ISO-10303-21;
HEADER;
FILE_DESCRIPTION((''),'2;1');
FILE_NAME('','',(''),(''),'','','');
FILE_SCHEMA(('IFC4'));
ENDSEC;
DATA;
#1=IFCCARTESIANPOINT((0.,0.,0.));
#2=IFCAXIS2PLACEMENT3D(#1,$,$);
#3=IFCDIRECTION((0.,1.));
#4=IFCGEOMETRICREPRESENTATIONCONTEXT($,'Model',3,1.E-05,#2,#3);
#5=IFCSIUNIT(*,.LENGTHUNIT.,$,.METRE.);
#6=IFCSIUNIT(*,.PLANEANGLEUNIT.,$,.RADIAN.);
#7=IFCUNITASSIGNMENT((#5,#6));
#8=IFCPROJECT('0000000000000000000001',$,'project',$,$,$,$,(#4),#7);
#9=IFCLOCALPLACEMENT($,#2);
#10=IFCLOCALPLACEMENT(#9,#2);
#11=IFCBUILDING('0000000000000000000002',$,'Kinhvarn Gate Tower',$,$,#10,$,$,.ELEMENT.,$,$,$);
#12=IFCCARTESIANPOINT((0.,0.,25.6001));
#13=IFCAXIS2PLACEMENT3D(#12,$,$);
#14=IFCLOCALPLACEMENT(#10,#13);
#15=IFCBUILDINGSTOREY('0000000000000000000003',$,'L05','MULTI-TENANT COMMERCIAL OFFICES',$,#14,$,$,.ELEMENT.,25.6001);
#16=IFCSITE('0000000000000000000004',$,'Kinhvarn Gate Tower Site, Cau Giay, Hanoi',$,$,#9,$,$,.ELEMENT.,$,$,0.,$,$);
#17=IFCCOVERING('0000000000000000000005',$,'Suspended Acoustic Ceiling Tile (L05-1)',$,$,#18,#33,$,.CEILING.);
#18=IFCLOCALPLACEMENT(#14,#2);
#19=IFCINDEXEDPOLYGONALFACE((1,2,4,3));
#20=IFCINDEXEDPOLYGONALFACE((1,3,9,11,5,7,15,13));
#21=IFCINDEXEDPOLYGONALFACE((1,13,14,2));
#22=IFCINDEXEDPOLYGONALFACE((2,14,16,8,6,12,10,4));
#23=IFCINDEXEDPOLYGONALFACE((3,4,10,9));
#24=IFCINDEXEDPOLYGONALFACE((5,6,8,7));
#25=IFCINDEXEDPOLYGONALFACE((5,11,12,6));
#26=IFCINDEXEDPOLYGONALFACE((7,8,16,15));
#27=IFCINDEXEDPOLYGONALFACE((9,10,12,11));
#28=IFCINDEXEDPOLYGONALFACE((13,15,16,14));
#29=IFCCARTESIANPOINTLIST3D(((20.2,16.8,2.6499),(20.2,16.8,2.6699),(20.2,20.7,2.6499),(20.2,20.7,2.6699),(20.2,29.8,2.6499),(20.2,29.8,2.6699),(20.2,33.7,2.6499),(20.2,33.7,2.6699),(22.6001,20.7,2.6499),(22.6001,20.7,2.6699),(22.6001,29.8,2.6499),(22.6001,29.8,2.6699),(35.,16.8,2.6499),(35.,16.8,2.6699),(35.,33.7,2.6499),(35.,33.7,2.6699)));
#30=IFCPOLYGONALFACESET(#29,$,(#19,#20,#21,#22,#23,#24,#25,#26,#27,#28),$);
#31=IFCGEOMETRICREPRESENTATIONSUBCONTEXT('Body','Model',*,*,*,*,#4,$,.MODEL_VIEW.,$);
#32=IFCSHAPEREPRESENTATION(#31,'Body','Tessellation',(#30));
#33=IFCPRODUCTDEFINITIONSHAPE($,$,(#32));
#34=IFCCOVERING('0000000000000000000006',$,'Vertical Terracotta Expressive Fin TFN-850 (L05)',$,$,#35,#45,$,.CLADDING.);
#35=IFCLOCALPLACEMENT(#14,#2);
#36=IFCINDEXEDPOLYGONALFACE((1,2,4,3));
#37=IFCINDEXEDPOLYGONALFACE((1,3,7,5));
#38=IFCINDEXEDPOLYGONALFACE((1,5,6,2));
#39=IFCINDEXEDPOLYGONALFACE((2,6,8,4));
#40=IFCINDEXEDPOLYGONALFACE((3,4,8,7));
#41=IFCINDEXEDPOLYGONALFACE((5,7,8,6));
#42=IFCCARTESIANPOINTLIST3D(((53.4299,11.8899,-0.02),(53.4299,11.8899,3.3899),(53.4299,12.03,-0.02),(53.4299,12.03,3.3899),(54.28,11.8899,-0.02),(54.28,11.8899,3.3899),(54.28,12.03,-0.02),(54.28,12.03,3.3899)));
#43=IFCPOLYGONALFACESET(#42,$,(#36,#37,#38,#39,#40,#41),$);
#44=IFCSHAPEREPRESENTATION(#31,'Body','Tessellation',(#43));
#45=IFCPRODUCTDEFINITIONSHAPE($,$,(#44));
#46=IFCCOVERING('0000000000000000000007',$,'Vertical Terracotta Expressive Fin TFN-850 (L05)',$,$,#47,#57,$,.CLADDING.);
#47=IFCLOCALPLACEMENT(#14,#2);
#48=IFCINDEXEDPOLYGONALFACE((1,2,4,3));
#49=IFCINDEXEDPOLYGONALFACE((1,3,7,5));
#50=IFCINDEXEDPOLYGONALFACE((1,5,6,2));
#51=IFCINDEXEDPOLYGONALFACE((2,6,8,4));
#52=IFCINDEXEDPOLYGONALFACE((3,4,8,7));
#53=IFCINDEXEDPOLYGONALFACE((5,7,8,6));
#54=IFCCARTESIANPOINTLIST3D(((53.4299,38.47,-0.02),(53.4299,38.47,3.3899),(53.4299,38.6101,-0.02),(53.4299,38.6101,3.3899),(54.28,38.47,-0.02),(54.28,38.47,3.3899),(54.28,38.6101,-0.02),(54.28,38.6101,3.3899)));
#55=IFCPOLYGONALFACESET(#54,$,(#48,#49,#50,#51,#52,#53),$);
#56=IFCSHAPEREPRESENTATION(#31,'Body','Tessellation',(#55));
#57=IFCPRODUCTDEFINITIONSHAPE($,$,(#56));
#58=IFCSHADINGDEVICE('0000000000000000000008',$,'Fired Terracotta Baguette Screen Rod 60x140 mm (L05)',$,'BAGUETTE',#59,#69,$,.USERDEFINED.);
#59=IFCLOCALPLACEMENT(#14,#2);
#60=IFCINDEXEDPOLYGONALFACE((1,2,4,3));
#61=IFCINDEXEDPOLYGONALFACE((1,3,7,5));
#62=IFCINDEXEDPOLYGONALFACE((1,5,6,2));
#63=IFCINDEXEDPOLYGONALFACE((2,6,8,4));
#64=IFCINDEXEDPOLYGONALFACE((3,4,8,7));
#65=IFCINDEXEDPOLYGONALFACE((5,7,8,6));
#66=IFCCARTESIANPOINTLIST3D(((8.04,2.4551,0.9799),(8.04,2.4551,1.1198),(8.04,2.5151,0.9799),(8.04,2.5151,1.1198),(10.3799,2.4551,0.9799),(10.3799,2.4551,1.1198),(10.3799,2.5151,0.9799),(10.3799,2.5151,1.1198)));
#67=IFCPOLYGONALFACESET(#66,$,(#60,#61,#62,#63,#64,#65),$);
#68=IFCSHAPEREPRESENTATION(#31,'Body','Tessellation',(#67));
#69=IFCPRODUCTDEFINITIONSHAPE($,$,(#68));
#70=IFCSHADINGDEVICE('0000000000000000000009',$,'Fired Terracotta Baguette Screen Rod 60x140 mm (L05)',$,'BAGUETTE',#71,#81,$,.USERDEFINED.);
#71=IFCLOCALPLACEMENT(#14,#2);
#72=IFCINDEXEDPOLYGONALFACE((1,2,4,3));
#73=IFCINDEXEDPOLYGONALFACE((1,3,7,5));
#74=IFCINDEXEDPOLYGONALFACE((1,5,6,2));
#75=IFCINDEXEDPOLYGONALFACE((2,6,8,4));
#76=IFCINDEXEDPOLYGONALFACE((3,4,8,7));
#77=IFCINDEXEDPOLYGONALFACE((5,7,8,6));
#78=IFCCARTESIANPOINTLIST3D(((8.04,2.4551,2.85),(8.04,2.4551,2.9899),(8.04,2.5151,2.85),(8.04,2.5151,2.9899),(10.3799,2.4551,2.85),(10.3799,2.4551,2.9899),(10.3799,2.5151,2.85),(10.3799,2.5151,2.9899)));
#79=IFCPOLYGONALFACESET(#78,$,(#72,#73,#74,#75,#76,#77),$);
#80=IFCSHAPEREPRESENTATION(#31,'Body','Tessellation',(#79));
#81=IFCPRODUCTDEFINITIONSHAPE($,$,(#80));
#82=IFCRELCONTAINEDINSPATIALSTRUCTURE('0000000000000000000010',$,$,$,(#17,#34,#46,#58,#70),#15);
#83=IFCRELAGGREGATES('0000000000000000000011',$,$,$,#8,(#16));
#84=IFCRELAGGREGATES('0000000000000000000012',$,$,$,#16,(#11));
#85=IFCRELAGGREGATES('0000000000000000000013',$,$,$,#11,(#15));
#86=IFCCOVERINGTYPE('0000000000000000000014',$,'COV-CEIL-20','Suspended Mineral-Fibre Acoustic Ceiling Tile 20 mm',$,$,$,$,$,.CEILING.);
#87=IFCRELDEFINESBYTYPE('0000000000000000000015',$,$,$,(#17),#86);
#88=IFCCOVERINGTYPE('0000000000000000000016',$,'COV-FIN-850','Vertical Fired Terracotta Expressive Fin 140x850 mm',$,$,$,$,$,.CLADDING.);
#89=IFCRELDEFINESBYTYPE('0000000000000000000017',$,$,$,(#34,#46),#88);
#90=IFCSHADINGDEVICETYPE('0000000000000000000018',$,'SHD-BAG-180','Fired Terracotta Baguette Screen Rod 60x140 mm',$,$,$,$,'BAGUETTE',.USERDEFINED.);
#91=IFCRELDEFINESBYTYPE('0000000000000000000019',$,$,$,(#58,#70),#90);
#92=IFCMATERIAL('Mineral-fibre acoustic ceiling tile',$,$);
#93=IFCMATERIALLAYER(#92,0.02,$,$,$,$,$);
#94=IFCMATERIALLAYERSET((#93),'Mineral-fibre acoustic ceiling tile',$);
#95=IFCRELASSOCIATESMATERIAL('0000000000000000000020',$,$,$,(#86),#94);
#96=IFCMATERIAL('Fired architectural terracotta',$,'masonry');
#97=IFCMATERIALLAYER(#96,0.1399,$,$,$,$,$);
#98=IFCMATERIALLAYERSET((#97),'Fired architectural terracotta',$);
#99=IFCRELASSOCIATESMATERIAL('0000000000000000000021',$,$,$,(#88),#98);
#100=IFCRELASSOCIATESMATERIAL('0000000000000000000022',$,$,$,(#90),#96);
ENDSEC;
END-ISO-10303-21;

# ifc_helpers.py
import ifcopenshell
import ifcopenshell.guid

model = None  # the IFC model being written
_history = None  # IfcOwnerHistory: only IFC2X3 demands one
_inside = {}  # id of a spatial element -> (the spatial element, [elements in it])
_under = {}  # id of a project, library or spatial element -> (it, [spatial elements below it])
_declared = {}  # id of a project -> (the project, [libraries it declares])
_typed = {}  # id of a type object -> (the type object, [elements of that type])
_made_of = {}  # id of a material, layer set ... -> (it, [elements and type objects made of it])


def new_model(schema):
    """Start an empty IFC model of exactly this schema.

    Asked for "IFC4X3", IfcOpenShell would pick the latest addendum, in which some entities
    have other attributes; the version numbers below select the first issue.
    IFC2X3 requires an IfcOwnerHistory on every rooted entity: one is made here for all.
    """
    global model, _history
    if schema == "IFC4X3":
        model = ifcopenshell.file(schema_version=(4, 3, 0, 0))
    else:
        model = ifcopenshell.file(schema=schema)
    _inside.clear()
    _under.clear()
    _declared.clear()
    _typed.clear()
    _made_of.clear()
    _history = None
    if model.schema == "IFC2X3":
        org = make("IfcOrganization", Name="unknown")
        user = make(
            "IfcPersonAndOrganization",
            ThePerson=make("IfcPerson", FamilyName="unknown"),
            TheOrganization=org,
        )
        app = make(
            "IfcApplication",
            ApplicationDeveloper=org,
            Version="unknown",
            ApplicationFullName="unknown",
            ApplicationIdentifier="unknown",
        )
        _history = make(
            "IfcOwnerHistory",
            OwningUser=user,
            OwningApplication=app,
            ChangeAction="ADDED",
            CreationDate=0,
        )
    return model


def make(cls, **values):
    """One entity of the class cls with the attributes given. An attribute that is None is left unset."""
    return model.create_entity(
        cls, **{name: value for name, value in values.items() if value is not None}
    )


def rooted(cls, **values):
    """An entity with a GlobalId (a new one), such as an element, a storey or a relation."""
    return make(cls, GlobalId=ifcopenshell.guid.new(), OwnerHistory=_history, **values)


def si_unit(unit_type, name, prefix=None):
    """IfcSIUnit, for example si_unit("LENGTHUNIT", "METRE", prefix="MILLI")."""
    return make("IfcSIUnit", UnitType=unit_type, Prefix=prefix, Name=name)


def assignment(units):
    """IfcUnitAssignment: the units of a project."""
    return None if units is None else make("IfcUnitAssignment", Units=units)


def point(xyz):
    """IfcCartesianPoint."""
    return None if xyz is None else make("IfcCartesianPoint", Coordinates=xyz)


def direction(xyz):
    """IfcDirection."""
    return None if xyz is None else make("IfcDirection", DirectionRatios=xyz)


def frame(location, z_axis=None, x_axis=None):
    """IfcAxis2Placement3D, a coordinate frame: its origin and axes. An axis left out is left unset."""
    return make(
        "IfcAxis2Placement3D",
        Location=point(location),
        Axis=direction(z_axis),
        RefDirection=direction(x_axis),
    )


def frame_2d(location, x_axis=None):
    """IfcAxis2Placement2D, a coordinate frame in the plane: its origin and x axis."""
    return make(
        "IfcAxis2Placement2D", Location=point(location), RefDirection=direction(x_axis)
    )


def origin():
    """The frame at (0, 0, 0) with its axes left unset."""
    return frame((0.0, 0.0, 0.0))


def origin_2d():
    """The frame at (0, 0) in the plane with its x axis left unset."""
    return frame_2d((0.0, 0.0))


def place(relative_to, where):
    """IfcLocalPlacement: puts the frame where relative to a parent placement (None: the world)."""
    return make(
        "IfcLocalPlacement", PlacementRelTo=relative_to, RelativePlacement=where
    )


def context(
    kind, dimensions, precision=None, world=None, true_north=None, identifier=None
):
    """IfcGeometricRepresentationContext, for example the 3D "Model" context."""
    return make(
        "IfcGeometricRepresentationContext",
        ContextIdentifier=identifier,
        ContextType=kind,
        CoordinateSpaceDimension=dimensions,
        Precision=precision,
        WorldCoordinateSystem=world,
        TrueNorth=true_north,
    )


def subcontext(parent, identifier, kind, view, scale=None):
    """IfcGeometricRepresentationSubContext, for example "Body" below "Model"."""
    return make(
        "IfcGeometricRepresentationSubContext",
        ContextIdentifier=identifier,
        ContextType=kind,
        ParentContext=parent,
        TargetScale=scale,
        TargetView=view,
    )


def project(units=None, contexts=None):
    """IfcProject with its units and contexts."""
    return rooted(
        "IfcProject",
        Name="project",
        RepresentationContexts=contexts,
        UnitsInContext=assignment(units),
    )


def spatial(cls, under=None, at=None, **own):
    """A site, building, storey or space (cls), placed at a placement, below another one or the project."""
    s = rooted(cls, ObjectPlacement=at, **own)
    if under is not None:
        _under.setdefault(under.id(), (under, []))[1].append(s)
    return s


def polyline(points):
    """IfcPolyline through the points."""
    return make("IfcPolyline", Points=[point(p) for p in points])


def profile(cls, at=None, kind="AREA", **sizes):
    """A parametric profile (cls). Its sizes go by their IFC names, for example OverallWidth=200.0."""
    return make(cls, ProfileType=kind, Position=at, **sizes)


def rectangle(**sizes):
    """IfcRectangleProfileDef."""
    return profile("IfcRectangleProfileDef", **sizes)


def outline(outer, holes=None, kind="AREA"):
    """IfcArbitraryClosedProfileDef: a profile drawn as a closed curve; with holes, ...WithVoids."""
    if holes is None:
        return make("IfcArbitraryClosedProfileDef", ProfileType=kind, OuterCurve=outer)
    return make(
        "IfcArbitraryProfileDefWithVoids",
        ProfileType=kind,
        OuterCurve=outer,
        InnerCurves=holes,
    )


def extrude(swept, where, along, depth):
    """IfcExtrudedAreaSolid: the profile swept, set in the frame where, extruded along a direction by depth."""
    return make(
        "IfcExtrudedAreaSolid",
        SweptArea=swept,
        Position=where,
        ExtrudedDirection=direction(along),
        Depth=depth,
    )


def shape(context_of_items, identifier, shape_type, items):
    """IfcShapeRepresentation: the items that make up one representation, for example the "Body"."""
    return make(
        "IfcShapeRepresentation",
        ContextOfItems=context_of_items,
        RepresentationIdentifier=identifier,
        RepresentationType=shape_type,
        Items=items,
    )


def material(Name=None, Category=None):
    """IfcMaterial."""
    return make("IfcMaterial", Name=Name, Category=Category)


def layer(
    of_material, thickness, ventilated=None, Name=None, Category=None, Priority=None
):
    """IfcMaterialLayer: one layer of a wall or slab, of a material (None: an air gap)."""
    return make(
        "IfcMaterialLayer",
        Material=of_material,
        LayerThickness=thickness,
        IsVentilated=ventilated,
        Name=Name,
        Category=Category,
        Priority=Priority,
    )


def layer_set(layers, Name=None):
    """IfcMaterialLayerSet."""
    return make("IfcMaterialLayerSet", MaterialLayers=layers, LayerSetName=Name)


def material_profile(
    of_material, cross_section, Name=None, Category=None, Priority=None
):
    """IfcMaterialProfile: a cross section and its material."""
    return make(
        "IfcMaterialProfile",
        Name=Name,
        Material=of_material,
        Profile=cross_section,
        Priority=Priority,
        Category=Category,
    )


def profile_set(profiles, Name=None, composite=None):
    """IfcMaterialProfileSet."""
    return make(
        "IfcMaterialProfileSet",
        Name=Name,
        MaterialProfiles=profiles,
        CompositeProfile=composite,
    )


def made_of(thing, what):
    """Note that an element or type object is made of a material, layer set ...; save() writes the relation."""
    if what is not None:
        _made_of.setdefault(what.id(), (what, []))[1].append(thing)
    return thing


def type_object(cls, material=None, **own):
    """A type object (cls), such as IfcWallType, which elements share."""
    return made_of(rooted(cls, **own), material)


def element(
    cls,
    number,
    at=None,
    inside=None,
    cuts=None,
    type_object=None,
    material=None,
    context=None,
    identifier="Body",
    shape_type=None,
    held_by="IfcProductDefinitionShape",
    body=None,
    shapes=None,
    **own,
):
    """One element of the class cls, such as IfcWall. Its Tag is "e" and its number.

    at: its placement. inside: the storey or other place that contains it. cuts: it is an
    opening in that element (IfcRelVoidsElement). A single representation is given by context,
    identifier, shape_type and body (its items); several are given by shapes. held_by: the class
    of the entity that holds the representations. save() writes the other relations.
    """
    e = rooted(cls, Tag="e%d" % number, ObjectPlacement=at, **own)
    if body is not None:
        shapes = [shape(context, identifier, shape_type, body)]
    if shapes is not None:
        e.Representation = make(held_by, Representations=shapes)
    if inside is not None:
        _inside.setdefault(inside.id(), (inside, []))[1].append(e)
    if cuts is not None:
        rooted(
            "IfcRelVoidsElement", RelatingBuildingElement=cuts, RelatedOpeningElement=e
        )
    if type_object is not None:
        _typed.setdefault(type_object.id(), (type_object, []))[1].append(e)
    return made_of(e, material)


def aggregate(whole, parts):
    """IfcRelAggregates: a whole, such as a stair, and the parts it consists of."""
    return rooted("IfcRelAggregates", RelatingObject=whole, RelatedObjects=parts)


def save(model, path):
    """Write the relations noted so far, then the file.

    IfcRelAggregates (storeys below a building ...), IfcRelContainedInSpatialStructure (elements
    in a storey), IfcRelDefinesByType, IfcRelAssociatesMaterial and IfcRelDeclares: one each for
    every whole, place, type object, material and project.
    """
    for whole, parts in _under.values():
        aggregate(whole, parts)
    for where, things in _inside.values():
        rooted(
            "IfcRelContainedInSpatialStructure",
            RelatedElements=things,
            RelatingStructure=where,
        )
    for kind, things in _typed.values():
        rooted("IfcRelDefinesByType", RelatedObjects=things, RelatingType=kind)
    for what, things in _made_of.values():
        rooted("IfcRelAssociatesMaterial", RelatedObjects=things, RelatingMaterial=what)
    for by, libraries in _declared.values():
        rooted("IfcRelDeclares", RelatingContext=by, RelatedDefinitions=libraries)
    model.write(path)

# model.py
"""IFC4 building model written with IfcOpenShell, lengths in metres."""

from ifc_helpers import new_model, si_unit, direction, frame, origin, origin_2d, place, context, subcontext, project, spatial, polyline, rectangle, outline, extrude, material, layer, layer_set, material_profile, profile_set, type_object, element, save


model = new_model("IFC4")

# Units and contexts
model_context = context("Model", 3, precision=1e-05, world=origin(), true_north=direction((0.0, 1.0)))
body_context = subcontext(model_context, "Body", "Model", "MODEL_VIEW")
ifc_project = project(units=[si_unit("LENGTHUNIT", "METRE"), si_unit("PLANEANGLEUNIT", "RADIAN")], contexts=[model_context])

# Site, building, storey
site_placement = place(None, origin())
site = spatial("IfcSite", under=ifc_project, at=site_placement, Name="Kinhvarn Gate Tower Site, Cau Giay, Hanoi", CompositionType="ELEMENT", RefElevation=0.0)
building_placement = place(site_placement, origin())
building = spatial("IfcBuilding", under=site, at=building_placement, Name="Kinhvarn Gate Tower", CompositionType="ELEMENT")
storey_placement = place(building_placement, frame((0.0, 0.0, 25.6001)))
storey = spatial("IfcBuildingStorey", under=building, at=storey_placement, Name="L05", Description="MULTI-TENANT COMMERCIAL OFFICES", CompositionType="ELEMENT", Elevation=25.6001)

# Shared definitions
ifc_material_1 = material(Name="Fired architectural terracotta", Category="masonry")

# Coverings
ifc_material_2 = material(Name="Mineral-fibre acoustic ceiling tile")
ifc_layer_1 = layer(ifc_material_2, 0.02)
ifc_layer_set_1 = layer_set([ifc_layer_1], Name="Mineral-fibre acoustic ceiling tile")
covering_type_1 = type_object("IfcCoveringType", Name="COV-CEIL-20", Description="Suspended Mineral-Fibre Acoustic Ceiling Tile 20 mm", PredefinedType="CEILING", material=ifc_layer_set_1)
covering_1_placement = place(storey_placement, frame((0.0, 0.0, 2.6499)))
element("IfcCovering", 1, at=covering_1_placement, inside=storey, type_object=covering_type_1, Name="Suspended Acoustic Ceiling Tile (L05-1)", PredefinedType="CEILING", context=body_context, shape_type="SweptSolid", body=[
    extrude(outline(polyline([(35.0, 33.7), (35.0, 16.8), (20.2, 16.8), (20.2, 20.7), (22.6001, 20.7), (22.6001, 29.8), (20.2, 29.8), (20.2, 33.7), (35.0, 33.7)])), origin(), (0.0, 0.0, 1.0), 0.02),
])
ifc_layer_2 = layer(ifc_material_1, 0.1399)
ifc_layer_set_2 = layer_set([ifc_layer_2], Name="Fired architectural terracotta")
covering_type_2 = type_object("IfcCoveringType", Name="COV-FIN-850", Description="Vertical Fired Terracotta Expressive Fin 140x850 mm", PredefinedType="CLADDING", material=ifc_layer_set_2)
covering_2_placement = place(storey_placement, frame((0.0, 0.0, -0.02)))
element("IfcCovering", 2, at=covering_2_placement, inside=storey, type_object=covering_type_2, Name="Vertical Terracotta Expressive Fin TFN-850 (L05)", PredefinedType="CLADDING", context=body_context, shape_type="SweptSolid", body=[
    extrude(outline(polyline([(53.4299, 11.8899), (53.4299, 12.03), (54.28, 12.03), (54.28, 11.8899), (53.4299, 11.8899)])), origin(), (0.0, 0.0, 1.0), 3.4099),
])
covering_3_placement = place(storey_placement, frame((0.0, 0.0, -0.02)))
element("IfcCovering", 3, at=covering_3_placement, inside=storey, type_object=covering_type_2, Name="Vertical Terracotta Expressive Fin TFN-850 (L05)", PredefinedType="CLADDING", context=body_context, shape_type="SweptSolid", body=[
    extrude(outline(polyline([(53.4299, 38.47), (53.4299, 38.6101), (54.28, 38.6101), (54.28, 38.47), (53.4299, 38.47)])), origin(), (0.0, 0.0, 1.0), 3.4099),
])

# Shading devices
ifc_material_profile_1 = material_profile(ifc_material_1, rectangle(XDim=0.0601, YDim=0.1399, at=origin_2d()), Name="TC 60x140")
ifc_profile_set_1 = profile_set([ifc_material_profile_1], Name="Fired architectural terracotta")
shading_device_type = type_object("IfcShadingDeviceType", Name="SHD-BAG-180", Description="Fired Terracotta Baguette Screen Rod 60x140 mm", ElementType="BAGUETTE", PredefinedType="USERDEFINED", material=ifc_profile_set_1)
for number, where, z_axis, x_axis, name in (
    (4, (8.04, 2.4851, 1.0498), (1.0, 0.0, 0.0), (0.0, 1.0, 0.0), "Fired Terracotta Baguette Screen Rod 60x140 mm (L05)"),
    (5, (8.04, 2.4851, 2.9199), (1.0, 0.0, 0.0), (0.0, 1.0, 0.0), "Fired Terracotta Baguette Screen Rod 60x140 mm (L05)"),
):
    element("IfcShadingDevice", number, at=place(storey_placement, frame(where, z_axis=z_axis, x_axis=x_axis)), inside=storey, type_object=shading_device_type, Name=name, ObjectType="BAGUETTE", PredefinedType="USERDEFINED", context=body_context, shape_type="SweptSolid", body=[
        extrude(rectangle(XDim=0.0601, YDim=0.1399, at=origin_2d()), origin(), (0.0, 0.0, 1.0), 2.3398),
    ])

save(model, "model.ifc")
